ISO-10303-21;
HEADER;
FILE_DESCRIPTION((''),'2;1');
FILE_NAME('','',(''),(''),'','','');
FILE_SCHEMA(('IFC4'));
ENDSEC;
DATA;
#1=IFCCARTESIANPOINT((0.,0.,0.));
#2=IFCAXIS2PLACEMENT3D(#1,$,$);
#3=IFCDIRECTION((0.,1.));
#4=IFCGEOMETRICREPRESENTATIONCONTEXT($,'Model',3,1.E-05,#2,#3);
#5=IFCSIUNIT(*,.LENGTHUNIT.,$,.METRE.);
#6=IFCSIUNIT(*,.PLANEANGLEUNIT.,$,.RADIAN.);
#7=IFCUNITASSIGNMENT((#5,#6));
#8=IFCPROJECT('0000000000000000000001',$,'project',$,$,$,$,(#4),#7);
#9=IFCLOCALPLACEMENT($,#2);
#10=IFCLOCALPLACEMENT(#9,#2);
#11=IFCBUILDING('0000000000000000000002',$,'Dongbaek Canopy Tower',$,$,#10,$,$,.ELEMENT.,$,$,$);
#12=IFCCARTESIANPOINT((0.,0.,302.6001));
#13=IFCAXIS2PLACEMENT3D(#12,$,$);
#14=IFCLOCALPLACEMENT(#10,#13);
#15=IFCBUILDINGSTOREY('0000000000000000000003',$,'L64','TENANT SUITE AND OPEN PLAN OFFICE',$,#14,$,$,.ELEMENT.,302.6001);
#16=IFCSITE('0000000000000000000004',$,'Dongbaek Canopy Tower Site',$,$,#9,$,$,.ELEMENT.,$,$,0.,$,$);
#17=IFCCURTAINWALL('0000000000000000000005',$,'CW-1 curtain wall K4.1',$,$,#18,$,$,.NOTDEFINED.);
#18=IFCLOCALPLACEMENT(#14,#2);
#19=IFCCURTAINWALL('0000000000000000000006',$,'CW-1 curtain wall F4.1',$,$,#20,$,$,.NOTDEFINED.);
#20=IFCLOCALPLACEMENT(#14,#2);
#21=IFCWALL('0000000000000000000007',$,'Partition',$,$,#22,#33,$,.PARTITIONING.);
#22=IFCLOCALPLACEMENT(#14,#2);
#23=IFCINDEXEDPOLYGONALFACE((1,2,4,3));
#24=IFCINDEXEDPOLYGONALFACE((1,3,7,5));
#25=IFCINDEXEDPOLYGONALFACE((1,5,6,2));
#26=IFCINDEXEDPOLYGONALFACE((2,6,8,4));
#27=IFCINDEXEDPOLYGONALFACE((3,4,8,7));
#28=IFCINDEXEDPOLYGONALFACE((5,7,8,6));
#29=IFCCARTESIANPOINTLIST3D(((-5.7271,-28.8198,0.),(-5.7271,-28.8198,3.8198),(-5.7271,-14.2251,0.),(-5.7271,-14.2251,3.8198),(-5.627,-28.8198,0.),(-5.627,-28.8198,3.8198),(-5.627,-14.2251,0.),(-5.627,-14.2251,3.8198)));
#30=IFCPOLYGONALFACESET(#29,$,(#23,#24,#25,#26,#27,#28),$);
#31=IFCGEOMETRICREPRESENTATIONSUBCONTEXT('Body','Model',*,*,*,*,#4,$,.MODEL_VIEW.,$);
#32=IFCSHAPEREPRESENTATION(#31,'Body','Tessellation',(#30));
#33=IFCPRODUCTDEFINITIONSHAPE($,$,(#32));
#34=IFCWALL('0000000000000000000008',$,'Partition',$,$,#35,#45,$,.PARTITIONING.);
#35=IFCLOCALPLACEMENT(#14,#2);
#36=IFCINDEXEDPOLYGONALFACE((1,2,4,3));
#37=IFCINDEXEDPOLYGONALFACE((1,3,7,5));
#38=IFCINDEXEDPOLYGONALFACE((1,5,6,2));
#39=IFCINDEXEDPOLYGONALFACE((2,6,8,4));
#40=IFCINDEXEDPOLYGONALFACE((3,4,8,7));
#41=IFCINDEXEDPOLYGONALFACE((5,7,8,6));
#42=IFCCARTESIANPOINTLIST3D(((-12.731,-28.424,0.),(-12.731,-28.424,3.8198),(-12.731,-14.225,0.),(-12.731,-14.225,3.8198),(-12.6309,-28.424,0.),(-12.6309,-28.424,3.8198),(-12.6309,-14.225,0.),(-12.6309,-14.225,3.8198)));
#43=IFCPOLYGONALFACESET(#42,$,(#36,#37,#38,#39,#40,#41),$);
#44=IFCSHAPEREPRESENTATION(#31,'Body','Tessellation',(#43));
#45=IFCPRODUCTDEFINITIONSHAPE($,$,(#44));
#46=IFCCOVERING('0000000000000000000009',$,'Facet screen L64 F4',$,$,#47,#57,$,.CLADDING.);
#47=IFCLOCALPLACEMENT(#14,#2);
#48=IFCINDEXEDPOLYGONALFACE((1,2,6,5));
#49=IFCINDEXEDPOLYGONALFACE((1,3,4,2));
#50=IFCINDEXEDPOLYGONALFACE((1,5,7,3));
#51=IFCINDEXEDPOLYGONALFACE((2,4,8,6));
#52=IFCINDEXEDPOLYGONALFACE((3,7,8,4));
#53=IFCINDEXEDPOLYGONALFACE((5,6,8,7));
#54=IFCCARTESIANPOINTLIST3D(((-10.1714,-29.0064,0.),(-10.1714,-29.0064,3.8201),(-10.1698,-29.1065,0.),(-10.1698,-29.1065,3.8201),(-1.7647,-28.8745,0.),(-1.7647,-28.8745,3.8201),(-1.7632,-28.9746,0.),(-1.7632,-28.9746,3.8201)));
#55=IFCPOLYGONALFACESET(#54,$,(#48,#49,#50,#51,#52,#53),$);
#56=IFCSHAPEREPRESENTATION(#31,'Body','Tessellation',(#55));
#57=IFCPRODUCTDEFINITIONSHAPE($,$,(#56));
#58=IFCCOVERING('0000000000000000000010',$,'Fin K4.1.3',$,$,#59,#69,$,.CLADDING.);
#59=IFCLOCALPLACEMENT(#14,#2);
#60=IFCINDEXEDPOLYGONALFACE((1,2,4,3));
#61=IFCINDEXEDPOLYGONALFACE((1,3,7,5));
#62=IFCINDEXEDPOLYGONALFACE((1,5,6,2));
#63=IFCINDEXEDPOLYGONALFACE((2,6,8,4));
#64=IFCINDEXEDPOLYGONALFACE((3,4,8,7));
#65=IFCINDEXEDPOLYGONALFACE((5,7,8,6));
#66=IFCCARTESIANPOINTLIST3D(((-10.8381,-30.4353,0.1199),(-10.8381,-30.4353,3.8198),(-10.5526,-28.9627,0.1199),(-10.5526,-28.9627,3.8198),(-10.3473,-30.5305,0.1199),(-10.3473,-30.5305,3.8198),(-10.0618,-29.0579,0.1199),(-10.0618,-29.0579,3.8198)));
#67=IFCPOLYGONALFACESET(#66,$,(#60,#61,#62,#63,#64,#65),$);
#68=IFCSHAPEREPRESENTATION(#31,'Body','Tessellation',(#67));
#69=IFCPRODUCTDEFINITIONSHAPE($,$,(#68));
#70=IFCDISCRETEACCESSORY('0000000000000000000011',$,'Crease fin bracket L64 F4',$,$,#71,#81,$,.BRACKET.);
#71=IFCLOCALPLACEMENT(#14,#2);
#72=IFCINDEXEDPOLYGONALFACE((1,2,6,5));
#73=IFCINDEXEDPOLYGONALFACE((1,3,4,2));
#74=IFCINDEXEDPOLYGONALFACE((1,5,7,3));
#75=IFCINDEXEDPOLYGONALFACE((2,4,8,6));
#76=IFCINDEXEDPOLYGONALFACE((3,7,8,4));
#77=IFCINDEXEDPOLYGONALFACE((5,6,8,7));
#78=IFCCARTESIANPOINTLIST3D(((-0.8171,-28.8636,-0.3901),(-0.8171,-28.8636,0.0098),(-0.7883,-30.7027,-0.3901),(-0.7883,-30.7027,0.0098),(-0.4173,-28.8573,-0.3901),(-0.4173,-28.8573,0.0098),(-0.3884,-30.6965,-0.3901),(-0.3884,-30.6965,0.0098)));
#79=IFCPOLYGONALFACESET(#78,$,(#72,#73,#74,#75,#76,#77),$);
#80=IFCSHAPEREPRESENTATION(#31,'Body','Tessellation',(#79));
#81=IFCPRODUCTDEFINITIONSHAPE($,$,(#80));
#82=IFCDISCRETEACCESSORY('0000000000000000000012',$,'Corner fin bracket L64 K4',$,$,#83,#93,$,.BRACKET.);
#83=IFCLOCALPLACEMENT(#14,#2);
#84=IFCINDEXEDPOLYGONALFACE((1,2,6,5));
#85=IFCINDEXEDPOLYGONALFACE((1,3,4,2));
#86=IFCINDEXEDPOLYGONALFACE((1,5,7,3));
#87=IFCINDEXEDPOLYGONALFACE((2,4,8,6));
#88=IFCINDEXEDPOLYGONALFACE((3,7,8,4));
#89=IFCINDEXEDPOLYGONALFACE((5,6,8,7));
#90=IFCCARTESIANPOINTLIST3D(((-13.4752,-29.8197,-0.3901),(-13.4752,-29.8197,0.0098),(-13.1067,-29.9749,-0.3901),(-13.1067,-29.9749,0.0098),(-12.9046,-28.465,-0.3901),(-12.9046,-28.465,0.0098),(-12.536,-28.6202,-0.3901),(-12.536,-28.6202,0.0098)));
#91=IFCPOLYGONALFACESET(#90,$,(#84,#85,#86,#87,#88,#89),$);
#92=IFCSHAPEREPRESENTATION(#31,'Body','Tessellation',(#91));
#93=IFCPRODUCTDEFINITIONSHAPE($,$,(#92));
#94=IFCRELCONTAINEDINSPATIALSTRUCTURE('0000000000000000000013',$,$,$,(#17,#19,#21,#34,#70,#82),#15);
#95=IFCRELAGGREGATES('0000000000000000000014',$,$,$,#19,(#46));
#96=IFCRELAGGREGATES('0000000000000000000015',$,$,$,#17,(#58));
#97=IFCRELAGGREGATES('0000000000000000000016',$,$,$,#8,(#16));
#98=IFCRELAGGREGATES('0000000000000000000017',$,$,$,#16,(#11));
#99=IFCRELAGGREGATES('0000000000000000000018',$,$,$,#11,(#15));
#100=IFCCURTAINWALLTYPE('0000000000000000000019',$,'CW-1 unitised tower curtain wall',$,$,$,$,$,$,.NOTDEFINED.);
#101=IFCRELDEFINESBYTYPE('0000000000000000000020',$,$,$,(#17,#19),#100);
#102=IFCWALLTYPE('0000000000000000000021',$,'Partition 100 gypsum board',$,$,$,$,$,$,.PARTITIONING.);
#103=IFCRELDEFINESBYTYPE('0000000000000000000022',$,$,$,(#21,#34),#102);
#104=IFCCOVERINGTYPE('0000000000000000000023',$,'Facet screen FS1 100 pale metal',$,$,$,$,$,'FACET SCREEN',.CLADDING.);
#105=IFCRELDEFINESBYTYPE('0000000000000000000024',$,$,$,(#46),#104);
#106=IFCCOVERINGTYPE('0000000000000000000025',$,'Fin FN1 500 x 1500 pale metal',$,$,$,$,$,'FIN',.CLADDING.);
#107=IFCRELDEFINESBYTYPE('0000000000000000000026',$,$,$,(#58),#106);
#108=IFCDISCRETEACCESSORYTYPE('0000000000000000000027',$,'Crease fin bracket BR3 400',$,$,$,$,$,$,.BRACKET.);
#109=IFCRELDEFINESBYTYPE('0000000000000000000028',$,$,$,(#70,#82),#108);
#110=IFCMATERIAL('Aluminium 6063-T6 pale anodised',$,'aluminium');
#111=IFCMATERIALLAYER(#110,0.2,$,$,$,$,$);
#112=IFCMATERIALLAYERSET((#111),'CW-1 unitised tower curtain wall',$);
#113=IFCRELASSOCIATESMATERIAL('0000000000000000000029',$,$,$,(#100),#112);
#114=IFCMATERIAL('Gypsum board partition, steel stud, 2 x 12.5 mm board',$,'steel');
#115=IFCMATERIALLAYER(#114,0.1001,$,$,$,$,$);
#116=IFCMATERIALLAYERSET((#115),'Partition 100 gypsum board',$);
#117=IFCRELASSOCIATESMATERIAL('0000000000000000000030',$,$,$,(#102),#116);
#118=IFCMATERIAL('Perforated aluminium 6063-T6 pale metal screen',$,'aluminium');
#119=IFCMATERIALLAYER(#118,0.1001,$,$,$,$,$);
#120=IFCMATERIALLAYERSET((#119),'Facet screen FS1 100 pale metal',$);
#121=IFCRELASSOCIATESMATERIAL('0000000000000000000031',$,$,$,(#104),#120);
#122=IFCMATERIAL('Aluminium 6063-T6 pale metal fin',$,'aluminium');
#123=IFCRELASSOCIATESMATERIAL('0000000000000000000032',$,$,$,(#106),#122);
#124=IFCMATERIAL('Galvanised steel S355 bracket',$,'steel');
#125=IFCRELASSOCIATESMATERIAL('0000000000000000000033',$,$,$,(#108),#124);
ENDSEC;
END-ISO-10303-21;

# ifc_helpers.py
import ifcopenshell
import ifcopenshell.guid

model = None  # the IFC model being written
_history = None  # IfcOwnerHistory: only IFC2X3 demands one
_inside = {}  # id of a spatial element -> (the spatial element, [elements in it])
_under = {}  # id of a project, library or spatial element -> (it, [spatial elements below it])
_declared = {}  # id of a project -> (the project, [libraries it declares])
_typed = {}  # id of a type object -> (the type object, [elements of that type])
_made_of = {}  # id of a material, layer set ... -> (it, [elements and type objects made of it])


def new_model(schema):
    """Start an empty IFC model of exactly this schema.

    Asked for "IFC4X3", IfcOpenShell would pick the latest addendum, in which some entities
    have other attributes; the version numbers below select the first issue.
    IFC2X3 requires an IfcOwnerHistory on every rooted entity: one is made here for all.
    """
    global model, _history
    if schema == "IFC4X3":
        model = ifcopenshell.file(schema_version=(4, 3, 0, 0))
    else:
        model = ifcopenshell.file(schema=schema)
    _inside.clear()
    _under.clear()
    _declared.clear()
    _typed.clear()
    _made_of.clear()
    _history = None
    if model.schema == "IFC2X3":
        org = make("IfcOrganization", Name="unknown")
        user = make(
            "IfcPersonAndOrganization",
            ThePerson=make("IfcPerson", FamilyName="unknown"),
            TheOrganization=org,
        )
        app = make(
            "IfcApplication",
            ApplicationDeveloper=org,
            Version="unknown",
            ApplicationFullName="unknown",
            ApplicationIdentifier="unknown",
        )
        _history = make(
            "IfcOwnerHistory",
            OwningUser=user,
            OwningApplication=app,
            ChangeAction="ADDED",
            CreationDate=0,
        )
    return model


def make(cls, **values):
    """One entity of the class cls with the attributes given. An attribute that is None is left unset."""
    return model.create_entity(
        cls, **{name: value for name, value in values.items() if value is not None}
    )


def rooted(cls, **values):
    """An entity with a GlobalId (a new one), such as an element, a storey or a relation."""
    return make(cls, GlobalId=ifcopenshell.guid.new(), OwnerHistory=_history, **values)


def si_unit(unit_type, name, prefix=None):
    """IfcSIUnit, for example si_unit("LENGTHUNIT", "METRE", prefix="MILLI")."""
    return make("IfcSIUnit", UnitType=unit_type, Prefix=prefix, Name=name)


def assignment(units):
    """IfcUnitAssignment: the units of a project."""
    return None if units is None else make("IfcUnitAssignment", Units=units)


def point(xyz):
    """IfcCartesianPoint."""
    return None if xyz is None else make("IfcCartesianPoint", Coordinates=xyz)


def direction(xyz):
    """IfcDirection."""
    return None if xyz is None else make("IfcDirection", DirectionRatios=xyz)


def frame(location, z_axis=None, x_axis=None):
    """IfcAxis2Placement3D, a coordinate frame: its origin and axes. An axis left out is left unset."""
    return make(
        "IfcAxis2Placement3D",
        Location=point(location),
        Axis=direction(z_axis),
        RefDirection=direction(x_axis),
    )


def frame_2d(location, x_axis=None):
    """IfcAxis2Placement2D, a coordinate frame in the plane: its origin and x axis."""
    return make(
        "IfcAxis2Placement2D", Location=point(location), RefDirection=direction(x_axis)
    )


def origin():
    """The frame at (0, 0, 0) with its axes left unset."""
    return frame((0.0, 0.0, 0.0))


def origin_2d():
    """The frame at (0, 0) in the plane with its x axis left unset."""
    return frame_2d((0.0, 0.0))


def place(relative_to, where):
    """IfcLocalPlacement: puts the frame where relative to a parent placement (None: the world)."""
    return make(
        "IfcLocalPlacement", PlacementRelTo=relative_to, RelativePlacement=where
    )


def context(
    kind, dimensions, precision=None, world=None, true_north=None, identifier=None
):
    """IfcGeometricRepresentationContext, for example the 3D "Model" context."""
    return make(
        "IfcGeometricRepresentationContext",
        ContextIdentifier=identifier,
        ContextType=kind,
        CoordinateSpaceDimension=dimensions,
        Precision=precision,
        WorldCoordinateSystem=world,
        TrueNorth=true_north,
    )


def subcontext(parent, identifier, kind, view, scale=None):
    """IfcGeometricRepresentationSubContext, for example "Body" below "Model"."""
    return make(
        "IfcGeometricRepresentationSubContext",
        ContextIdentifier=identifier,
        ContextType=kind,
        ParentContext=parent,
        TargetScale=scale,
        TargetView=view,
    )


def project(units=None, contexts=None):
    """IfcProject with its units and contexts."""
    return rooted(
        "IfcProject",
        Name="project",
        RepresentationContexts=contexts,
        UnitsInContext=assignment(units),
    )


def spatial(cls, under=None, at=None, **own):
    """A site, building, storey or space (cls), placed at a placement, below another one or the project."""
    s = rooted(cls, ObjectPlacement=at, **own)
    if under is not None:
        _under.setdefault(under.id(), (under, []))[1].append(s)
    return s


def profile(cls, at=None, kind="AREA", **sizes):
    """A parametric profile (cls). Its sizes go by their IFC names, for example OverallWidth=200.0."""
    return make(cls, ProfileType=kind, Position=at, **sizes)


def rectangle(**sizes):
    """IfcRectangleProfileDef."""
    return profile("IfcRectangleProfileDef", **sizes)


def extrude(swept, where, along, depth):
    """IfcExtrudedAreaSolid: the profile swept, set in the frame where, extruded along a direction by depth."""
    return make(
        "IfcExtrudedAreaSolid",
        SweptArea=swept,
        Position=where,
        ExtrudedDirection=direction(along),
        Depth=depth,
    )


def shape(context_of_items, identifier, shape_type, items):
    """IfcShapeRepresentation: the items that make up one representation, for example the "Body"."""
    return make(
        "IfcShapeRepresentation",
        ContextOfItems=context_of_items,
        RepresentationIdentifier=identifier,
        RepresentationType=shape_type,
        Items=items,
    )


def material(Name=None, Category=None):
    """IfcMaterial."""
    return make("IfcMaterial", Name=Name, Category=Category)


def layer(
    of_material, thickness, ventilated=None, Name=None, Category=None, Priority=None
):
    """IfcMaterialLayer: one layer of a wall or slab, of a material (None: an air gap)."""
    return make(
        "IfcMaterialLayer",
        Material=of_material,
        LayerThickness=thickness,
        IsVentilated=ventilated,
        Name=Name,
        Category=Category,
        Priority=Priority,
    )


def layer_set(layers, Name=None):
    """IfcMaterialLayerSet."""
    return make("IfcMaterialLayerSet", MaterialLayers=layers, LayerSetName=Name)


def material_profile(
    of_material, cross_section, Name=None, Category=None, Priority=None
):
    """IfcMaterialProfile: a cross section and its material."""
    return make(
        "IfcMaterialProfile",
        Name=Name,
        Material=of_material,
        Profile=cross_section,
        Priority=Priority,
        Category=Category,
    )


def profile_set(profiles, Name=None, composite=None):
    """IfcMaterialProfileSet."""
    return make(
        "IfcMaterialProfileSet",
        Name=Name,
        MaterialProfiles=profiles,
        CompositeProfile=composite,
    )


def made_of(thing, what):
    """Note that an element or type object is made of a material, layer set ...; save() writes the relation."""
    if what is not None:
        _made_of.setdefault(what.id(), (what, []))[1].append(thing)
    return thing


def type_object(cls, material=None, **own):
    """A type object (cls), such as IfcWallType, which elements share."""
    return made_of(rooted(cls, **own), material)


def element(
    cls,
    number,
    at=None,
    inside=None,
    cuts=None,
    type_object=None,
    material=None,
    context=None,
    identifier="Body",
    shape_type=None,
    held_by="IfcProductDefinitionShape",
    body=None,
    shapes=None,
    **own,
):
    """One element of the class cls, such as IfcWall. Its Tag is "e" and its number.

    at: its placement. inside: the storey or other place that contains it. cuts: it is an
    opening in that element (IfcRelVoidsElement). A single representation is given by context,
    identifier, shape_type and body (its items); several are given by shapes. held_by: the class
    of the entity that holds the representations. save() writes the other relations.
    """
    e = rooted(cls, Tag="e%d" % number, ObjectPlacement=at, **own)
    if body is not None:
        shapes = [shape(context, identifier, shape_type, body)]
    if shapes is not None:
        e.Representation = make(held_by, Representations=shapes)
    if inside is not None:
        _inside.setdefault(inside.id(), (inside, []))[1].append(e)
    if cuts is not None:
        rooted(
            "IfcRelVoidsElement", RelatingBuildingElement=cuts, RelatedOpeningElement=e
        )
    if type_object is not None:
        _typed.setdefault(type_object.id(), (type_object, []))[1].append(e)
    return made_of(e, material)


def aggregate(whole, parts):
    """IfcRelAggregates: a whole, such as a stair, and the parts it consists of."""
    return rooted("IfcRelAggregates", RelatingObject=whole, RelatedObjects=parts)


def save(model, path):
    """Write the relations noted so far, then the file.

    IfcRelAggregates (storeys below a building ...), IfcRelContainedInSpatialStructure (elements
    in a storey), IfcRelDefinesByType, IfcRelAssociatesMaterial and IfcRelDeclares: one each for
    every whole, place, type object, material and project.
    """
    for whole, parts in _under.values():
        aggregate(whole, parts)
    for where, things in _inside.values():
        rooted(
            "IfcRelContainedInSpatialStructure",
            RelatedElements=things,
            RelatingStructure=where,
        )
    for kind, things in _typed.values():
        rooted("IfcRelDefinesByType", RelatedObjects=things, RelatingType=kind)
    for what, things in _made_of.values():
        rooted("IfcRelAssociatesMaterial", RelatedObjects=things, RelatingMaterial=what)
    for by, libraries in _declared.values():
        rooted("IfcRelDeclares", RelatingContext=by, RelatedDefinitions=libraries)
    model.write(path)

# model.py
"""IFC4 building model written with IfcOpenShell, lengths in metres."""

from ifc_helpers import new_model, si_unit, direction, frame, frame_2d, origin, origin_2d, place, context, subcontext, project, spatial, rectangle, extrude, material, layer, layer_set, material_profile, profile_set, type_object, element, aggregate, save


model = new_model("IFC4")

# Units and contexts
model_context = context("Model", 3, precision=1e-05, world=origin(), true_north=direction((0.0, 1.0)))
body_context = subcontext(model_context, "Body", "Model", "MODEL_VIEW")
ifc_project = project(units=[si_unit("LENGTHUNIT", "METRE"), si_unit("PLANEANGLEUNIT", "RADIAN")], contexts=[model_context])

# Site, building, storey
site_placement = place(None, origin())
site = spatial("IfcSite", under=ifc_project, at=site_placement, Name="Dongbaek Canopy Tower Site", CompositionType="ELEMENT", RefElevation=0.0)
building_placement = place(site_placement, origin())
building = spatial("IfcBuilding", under=site, at=building_placement, Name="Dongbaek Canopy Tower", CompositionType="ELEMENT")
storey_placement = place(building_placement, frame((0.0, 0.0, 302.6001)))
storey = spatial("IfcBuildingStorey", under=building, at=storey_placement, Name="L64", Description="TENANT SUITE AND OPEN PLAN OFFICE", CompositionType="ELEMENT", Elevation=302.6001)

# Shared definitions
ifc_material_1 = material(Name="Aluminium 6063-T6 pale anodised", Category="aluminium")
ifc_layer_1 = layer(ifc_material_1, 0.2)
ifc_layer_set_1 = layer_set([ifc_layer_1], Name="CW-1 unitised tower curtain wall")
curtain_wall_type = type_object("IfcCurtainWallType", Name="CW-1 unitised tower curtain wall", PredefinedType="NOTDEFINED", material=ifc_layer_set_1)

# Curtain walls
curtain_wall_1_placement = place(storey_placement, origin())
curtain_wall_1 = element("IfcCurtainWall", 1, at=curtain_wall_1_placement, inside=storey, type_object=curtain_wall_type, Name="CW-1 curtain wall K4.1", PredefinedType="NOTDEFINED")
curtain_wall_2_placement = place(storey_placement, origin())
curtain_wall_2 = element("IfcCurtainWall", 2, at=curtain_wall_2_placement, inside=storey, type_object=curtain_wall_type, Name="CW-1 curtain wall F4.1", PredefinedType="NOTDEFINED")

# Walls
ifc_material_2 = material(Name="Gypsum board partition, steel stud, 2 x 12.5 mm board", Category="steel")
ifc_layer_2 = layer(ifc_material_2, 0.1001)
ifc_layer_set_2 = layer_set([ifc_layer_2], Name="Partition 100 gypsum board")
wall_type_1 = type_object("IfcWallType", Name="Partition 100 gypsum board", PredefinedType="PARTITIONING", material=ifc_layer_set_2)
wall_1_placement = place(storey_placement, frame((-5.677, -28.8198, 0.0), z_axis=(0.0, 0.0, 1.0), x_axis=(0.0, 1.0, 0.0)))
element("IfcWall", 3, at=wall_1_placement, inside=storey, type_object=wall_type_1, Name="Partition", PredefinedType="PARTITIONING", context=body_context, shape_type="SweptSolid", body=[
    extrude(rectangle(XDim=14.5947, YDim=0.1001, at=frame_2d((7.2974, 0.0))), origin(), (0.0, 0.0, 1.0), 3.8198),
])
wall_2_placement = place(storey_placement, frame((-12.6809, -28.4241, 0.0), z_axis=(0.0, 0.0, 1.0), x_axis=(0.0, 1.0, 0.0)))
element("IfcWall", 4, at=wall_2_placement, inside=storey, type_object=wall_type_1, Name="Partition", PredefinedType="PARTITIONING", context=body_context, shape_type="SweptSolid", body=[
    extrude(rectangle(XDim=14.199, YDim=0.1001, at=frame_2d((7.0996, 0.0))), origin(), (0.0, 0.0, 1.0), 3.8198),
])

# Coverings
ifc_material_3 = material(Name="Perforated aluminium 6063-T6 pale metal screen", Category="aluminium")
ifc_layer_3 = layer(ifc_material_3, 0.1001)
ifc_layer_set_3 = layer_set([ifc_layer_3], Name="Facet screen FS1 100 pale metal")
covering_type_1 = type_object("IfcCoveringType", Name="Facet screen FS1 100 pale metal", ElementType="FACET SCREEN", PredefinedType="CLADDING", material=ifc_layer_set_3)
covering_1_placement = place(storey_placement, frame((-5.9673, -28.9905, 0.0), z_axis=(0.0, 0.0, 1.0), x_axis=(0.999877, 0.015685, 0.0)))
covering_1 = element("IfcCovering", 5, at=covering_1_placement, type_object=covering_type_1, Name="Facet screen L64 F4", PredefinedType="CLADDING", context=body_context, shape_type="SweptSolid", body=[
    extrude(rectangle(XDim=8.4077, YDim=0.1001, at=origin_2d()), origin(), (0.0, 0.0, 1.0), 3.8201),
])
aggregate(curtain_wall_2, [covering_1])
ifc_material_4 = material(Name="Aluminium 6063-T6 pale metal fin", Category="aluminium")
ifc_material_profile_1 = material_profile(ifc_material_4, rectangle(XDim=1.5, YDim=0.5, at=origin_2d()), Name="Fin FN1 500 x 1500 pale metal")
ifc_profile_set_1 = profile_set([ifc_material_profile_1], Name="Aluminium 6063-T6 pale metal fin")
covering_type_2 = type_object("IfcCoveringType", Name="Fin FN1 500 x 1500 pale metal", ElementType="FIN", PredefinedType="CLADDING", material=ifc_profile_set_1)
covering_2_placement = place(storey_placement, frame((-10.45, -29.7466, 0.1199), z_axis=(0.0, 0.0, 1.0), x_axis=(-0.190319, -0.981722, 0.0)))
covering_2 = element("IfcCovering", 6, at=covering_2_placement, type_object=covering_type_2, Name="Fin K4.1.3", PredefinedType="CLADDING", context=body_context, shape_type="SweptSolid", body=[
    extrude(rectangle(XDim=1.5, YDim=0.5, at=origin_2d()), origin(), (0.0, 0.0, 1.0), 3.7),
])
aggregate(curtain_wall_1, [covering_2])

# Discrete accessories
ifc_material_5 = material(Name="Galvanised steel S355 bracket", Category="steel")
discrete_accessory_type = type_object("IfcDiscreteAccessoryType", Name="Crease fin bracket BR3 400", PredefinedType="BRACKET", material=ifc_material_5)
discrete_accessory_1_placement = place(storey_placement, frame((-0.6028, -29.78, -0.3901), z_axis=(0.0, 0.0, 1.0), x_axis=(0.015685, -0.999877, 0.0)))
element("IfcDiscreteAccessory", 7, at=discrete_accessory_1_placement, inside=storey, type_object=discrete_accessory_type, Name="Crease fin bracket L64 F4", PredefinedType="BRACKET", context=body_context, shape_type="SweptSolid", body=[
    extrude(rectangle(XDim=1.8394, YDim=0.3999, at=origin_2d()), origin(), (0.0, 0.0, 1.0), 0.3999),
])
discrete_accessory_2_placement = place(storey_placement, frame((-13.0056, -29.22, -0.3901), z_axis=(0.0, 0.0, 1.0), x_axis=(-0.388183, -0.921582, 0.0)))
element("IfcDiscreteAccessory", 8, at=discrete_accessory_2_placement, inside=storey, type_object=discrete_accessory_type, Name="Corner fin bracket L64 K4", PredefinedType="BRACKET", context=body_context, shape_type="SweptSolid", body=[
    extrude(rectangle(XDim=1.47, YDim=0.3999, at=origin_2d()), origin(), (0.0, 0.0, 1.0), 0.3999),
])

save(model, "model.ifc")
